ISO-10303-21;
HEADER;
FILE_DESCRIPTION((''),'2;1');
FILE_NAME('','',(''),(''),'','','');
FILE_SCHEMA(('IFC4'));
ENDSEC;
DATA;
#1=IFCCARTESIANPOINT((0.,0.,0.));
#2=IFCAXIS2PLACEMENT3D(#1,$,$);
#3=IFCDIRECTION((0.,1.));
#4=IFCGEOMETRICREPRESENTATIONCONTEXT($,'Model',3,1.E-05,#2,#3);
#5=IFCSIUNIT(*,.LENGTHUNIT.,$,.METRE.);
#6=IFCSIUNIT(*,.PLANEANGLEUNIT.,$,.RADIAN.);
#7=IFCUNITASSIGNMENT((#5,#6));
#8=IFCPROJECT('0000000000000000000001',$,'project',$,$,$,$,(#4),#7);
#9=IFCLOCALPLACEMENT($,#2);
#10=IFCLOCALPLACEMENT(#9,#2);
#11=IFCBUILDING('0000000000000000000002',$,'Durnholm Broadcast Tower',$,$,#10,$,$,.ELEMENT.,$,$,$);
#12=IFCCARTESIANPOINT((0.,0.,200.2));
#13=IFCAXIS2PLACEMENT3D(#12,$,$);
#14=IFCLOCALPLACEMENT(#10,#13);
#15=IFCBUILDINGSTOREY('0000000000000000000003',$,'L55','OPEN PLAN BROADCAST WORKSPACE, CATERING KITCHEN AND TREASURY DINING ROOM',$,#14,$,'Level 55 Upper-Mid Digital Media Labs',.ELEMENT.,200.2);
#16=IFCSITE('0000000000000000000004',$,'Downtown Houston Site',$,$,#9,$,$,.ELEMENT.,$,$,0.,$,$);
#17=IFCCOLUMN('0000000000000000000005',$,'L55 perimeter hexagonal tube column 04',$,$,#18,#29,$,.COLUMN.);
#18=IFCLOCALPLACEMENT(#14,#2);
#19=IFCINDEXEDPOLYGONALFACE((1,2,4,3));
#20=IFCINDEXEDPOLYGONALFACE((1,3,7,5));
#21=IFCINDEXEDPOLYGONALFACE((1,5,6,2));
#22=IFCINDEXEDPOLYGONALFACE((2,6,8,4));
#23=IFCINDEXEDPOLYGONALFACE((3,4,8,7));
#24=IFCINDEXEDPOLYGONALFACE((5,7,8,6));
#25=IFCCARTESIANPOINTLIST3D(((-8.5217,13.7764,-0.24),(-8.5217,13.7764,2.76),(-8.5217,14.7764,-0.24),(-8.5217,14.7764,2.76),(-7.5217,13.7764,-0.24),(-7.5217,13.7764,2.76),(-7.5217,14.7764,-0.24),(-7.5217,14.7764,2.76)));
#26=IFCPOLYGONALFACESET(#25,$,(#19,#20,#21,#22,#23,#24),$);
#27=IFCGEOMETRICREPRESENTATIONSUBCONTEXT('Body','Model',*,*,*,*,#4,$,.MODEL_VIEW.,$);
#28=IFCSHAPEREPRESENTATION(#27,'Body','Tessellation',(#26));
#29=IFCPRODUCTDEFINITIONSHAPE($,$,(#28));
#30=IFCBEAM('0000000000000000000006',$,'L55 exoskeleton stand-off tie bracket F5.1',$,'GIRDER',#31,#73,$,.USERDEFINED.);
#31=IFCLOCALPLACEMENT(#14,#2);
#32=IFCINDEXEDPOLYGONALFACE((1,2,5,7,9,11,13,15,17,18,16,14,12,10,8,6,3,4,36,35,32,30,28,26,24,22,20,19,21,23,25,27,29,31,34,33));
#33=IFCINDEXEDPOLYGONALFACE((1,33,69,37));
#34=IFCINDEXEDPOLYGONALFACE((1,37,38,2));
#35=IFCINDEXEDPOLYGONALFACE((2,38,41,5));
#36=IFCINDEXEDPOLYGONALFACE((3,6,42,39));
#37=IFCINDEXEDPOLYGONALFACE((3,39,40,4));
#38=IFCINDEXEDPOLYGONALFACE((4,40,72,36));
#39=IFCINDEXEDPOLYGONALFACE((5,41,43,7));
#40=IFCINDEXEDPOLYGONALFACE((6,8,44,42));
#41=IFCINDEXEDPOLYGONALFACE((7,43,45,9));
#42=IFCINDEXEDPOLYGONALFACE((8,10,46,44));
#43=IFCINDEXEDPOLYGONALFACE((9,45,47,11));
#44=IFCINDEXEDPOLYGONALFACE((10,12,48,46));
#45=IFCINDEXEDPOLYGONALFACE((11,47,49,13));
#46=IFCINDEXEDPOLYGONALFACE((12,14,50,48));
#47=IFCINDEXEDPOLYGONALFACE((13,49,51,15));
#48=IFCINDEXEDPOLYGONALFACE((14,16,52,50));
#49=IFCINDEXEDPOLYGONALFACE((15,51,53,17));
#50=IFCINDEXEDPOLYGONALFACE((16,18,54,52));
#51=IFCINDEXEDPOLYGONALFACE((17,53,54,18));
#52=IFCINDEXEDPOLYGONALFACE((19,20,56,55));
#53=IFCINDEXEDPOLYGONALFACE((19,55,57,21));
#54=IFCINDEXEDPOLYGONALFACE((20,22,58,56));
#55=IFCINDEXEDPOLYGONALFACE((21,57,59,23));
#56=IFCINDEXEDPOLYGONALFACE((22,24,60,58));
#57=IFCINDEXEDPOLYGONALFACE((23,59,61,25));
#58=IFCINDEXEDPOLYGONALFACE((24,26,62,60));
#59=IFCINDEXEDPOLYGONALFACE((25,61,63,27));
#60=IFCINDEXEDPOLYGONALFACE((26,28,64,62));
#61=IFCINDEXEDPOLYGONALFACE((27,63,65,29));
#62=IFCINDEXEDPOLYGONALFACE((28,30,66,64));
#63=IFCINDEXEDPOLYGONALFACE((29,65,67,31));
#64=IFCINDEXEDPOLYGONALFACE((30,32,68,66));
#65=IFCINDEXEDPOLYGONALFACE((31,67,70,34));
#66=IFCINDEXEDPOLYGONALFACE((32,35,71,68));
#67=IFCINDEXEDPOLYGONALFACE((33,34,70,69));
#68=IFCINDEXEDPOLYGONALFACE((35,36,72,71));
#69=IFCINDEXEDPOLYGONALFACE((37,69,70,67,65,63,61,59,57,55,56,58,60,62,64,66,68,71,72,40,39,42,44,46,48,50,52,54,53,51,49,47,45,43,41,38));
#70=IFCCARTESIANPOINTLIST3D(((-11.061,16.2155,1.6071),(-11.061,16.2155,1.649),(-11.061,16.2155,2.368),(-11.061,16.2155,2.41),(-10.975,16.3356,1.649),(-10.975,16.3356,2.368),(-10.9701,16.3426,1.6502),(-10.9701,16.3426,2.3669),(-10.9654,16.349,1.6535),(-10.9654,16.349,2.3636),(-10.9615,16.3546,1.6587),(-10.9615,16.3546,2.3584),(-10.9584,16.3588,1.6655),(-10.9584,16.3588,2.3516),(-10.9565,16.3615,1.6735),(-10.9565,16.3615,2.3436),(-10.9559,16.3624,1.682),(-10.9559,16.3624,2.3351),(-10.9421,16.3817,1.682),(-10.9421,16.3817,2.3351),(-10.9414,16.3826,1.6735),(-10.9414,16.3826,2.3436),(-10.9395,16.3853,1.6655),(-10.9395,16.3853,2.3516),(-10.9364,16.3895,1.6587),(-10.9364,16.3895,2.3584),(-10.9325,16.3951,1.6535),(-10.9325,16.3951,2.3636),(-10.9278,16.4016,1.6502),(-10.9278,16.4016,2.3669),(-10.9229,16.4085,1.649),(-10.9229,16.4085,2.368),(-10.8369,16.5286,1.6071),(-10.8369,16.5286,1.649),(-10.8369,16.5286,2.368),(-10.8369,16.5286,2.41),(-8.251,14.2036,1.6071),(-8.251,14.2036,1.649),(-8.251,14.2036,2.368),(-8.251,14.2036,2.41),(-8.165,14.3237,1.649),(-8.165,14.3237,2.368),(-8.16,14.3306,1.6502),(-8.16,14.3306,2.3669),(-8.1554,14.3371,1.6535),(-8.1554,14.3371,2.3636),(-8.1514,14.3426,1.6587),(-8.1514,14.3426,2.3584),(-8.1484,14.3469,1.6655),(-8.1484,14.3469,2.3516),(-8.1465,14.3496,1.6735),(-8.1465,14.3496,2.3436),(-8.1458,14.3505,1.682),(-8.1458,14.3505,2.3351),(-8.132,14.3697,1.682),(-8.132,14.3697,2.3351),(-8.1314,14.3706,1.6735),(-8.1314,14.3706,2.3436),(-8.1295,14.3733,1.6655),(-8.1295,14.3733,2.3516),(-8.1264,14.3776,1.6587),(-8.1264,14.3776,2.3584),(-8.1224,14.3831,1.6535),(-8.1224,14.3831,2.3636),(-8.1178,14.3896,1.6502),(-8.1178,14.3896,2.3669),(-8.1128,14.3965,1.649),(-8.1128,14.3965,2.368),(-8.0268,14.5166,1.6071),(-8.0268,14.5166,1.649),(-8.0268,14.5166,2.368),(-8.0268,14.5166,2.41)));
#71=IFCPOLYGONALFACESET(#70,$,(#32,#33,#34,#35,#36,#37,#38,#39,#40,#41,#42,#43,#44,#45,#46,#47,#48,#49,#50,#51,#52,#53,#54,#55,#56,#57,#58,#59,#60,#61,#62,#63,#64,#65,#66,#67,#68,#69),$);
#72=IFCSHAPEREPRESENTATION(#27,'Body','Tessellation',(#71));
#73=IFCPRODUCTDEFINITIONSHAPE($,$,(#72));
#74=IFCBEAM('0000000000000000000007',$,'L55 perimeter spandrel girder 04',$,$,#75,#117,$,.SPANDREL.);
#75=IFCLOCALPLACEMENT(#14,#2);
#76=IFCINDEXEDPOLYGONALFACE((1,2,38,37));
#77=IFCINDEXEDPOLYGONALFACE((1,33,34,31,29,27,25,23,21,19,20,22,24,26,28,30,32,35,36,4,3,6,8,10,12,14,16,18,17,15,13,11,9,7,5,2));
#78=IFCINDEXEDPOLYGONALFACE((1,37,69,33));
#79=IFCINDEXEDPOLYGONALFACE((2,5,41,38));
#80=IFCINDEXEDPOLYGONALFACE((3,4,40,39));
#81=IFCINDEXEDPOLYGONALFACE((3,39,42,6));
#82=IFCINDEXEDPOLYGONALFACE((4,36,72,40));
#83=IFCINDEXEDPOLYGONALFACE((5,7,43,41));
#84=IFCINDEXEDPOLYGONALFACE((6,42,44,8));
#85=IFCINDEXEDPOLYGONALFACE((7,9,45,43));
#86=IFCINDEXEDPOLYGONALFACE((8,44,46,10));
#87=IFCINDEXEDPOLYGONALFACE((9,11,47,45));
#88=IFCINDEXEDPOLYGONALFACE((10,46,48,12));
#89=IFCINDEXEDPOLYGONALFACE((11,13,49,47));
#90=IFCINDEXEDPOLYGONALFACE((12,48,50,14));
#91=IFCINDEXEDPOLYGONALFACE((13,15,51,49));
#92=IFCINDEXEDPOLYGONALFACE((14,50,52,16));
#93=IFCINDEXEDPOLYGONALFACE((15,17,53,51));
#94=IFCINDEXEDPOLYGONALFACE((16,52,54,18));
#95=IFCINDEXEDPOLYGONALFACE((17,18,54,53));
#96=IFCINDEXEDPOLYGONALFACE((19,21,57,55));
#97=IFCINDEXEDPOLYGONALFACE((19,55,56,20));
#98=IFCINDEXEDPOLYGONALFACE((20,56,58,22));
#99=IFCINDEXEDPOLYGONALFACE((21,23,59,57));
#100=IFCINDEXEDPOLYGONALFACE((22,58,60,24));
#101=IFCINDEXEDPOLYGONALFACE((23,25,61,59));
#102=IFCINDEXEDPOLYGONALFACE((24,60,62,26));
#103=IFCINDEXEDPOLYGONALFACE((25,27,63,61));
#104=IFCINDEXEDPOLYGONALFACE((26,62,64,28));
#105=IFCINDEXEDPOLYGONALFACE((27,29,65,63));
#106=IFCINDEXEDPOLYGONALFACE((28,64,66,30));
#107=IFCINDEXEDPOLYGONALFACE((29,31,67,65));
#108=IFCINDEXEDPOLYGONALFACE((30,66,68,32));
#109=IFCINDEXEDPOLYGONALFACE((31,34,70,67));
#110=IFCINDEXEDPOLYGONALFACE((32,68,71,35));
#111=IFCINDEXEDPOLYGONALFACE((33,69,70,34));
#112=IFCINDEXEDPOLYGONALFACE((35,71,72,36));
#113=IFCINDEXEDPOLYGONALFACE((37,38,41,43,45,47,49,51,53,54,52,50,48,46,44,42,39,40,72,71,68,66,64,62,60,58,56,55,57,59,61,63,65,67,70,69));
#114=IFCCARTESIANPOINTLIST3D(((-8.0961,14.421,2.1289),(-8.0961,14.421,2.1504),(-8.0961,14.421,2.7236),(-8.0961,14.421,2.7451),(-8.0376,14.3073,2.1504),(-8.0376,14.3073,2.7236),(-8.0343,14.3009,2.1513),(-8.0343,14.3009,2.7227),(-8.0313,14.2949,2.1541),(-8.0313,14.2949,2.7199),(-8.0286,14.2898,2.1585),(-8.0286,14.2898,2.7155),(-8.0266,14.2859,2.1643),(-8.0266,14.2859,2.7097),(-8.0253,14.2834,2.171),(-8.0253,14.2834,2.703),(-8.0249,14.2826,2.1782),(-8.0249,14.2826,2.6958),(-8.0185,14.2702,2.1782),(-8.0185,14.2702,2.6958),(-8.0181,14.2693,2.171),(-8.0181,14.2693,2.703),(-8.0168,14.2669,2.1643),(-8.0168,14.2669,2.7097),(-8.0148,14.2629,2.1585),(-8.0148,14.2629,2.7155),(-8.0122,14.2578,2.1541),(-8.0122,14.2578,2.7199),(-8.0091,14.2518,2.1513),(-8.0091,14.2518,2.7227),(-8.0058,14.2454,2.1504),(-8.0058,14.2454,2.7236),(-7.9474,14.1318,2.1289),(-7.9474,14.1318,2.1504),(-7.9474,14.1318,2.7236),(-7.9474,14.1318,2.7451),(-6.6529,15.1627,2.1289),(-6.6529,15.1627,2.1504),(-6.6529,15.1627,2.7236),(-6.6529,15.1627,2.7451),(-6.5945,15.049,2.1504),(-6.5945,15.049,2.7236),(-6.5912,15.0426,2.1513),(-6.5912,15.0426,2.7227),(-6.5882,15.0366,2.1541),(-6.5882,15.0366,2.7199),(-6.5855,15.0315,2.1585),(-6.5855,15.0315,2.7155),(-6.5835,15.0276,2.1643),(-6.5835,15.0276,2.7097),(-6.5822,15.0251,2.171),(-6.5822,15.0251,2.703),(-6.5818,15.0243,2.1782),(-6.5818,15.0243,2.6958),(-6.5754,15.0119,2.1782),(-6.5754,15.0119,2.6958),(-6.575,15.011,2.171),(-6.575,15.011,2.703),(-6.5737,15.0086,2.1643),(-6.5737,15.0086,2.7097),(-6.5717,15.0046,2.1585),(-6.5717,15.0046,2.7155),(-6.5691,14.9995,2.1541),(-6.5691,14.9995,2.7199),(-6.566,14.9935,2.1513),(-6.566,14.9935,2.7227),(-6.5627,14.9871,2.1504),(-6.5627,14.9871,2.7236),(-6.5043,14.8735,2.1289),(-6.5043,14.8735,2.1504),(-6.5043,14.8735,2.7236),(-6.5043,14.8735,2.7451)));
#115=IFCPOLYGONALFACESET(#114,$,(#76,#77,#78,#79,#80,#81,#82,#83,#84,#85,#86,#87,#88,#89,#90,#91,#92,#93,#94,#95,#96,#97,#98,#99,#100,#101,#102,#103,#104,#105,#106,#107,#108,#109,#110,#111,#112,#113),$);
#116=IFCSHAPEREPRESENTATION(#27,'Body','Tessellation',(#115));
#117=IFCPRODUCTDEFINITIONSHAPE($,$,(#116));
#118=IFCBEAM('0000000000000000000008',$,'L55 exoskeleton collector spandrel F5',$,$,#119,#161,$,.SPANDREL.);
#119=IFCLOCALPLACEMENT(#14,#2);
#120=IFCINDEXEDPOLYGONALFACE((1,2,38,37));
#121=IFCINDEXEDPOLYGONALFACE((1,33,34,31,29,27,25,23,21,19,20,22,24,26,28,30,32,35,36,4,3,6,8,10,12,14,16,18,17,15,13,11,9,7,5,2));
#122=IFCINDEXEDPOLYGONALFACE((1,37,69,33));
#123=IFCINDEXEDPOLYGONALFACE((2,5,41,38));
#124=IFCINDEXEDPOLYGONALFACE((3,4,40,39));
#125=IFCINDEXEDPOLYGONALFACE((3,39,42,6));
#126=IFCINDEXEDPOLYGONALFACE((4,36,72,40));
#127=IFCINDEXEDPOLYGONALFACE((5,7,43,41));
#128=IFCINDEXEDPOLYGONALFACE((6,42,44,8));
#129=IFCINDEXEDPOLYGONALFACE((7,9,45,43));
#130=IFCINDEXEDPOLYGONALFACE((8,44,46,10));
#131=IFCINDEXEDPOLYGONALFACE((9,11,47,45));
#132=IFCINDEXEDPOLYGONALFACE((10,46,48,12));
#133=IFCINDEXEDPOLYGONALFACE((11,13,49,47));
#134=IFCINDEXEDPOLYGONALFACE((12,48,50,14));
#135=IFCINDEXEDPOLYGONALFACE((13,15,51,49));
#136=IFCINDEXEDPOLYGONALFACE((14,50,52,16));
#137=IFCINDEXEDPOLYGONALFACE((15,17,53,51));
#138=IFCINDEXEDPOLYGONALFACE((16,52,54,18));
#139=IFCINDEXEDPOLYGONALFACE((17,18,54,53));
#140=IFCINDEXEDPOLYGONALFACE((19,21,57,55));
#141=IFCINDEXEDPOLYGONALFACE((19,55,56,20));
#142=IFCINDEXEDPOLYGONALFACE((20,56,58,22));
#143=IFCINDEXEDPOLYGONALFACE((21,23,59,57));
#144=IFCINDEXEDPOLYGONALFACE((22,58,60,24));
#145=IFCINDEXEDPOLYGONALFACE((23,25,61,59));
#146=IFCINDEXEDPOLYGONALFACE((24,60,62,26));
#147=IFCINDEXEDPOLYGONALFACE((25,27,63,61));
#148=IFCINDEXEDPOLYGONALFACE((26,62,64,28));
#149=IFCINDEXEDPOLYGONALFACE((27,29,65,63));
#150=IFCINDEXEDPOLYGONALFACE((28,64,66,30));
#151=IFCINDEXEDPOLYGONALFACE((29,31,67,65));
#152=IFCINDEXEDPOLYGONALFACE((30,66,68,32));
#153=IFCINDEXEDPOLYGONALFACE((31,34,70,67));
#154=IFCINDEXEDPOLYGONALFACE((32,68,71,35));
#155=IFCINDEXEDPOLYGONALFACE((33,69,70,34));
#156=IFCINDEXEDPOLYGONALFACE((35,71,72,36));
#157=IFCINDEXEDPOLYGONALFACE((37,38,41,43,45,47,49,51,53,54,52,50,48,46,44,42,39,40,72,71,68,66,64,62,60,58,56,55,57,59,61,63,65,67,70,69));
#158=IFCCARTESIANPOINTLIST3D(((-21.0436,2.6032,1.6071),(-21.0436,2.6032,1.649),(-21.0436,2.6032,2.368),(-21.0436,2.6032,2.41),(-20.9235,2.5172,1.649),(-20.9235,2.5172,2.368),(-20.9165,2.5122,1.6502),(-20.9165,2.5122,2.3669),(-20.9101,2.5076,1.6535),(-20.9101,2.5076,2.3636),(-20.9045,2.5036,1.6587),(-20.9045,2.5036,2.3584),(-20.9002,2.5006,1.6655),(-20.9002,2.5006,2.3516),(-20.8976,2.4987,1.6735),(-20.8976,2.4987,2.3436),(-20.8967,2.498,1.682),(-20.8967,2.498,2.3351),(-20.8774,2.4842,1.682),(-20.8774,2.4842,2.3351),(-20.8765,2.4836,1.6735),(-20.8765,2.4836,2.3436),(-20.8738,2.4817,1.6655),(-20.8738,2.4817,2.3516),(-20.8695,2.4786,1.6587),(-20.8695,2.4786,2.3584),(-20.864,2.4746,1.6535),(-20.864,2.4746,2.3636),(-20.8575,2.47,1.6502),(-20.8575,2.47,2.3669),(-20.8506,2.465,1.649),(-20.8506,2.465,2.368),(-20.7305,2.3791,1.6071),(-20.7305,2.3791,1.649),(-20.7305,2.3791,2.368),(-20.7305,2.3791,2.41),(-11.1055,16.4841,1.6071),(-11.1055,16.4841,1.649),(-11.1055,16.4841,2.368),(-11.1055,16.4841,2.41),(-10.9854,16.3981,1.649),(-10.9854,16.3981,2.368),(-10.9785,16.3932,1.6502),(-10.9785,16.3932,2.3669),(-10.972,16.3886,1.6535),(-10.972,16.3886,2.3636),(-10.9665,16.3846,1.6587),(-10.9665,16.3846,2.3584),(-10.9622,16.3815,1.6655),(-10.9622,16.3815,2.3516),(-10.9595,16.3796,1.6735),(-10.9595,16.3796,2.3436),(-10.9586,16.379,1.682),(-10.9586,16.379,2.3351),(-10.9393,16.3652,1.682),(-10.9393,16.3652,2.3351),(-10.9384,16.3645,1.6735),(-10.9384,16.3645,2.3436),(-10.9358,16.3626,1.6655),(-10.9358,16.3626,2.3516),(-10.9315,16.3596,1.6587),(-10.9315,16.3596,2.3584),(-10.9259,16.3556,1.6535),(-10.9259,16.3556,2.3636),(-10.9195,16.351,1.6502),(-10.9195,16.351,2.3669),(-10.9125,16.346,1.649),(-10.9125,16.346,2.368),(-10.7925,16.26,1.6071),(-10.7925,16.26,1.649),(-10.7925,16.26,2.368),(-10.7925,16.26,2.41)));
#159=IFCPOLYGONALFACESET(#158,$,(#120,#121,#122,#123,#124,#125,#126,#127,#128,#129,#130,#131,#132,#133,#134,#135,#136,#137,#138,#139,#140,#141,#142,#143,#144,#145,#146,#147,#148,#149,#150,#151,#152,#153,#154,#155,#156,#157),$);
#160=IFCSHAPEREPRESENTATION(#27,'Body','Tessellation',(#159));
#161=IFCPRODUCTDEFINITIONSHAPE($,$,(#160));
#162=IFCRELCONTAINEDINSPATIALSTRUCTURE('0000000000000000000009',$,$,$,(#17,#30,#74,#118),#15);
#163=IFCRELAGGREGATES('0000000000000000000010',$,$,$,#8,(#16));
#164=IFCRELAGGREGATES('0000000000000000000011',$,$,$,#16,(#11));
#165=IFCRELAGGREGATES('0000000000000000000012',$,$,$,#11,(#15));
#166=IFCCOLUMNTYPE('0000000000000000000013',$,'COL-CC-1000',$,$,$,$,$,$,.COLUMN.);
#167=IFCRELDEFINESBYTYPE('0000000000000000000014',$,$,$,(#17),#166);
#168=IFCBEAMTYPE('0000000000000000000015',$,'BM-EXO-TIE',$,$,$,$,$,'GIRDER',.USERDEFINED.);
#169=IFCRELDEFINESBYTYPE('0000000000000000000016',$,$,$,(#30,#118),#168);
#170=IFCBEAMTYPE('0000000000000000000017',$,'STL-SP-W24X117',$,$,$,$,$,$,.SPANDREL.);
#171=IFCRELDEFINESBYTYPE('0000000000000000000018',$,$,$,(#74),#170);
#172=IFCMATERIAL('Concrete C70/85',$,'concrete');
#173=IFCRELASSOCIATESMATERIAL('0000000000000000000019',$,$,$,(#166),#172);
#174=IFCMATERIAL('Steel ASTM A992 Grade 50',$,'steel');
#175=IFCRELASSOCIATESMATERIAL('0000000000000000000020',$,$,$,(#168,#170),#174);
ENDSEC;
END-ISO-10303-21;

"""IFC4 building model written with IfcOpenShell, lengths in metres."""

from ifc_helpers import new_model, si_unit, direction, frame, origin, origin_2d, place, context, subcontext, project, spatial, rectangle, i_section, extrude, source, transform, mapped, material, material_profile, profile_set, type_object, type_shapes, element, save


model = new_model("IFC4")

# Units and contexts
model_context = context("Model", 3, precision=1e-05, world=origin(), true_north=direction((0.0, 1.0)))
body_context = subcontext(model_context, "Body", "Model", "MODEL_VIEW")
ifc_project = project(units=[si_unit("LENGTHUNIT", "METRE"), si_unit("PLANEANGLEUNIT", "RADIAN")], contexts=[model_context])

# Site, building, storey
site_placement = place(None, origin())
site = spatial("IfcSite", under=ifc_project, at=site_placement, Name="Downtown Houston Site", CompositionType="ELEMENT", RefElevation=0.0)
building_placement = place(site_placement, origin())
building = spatial("IfcBuilding", under=site, at=building_placement, Name="Durnholm Broadcast Tower", CompositionType="ELEMENT")
storey_placement = place(building_placement, frame((0.0, 0.0, 200.2)))
storey = spatial("IfcBuildingStorey", under=building, at=storey_placement, Name="L55", Description="OPEN PLAN BROADCAST WORKSPACE, CATERING KITCHEN AND TREASURY DINING ROOM", LongName="Level 55 Upper-Mid Digital Media Labs", CompositionType="ELEMENT", Elevation=200.2)

# Column
ifc_material_1 = material(Name="Concrete C70/85", Category="concrete")
ifc_material_profile_1 = material_profile(ifc_material_1, rectangle(XDim=1.0, YDim=1.0, at=origin_2d()), Name="RC1000X1000")
ifc_profile_set_1 = profile_set([ifc_material_profile_1], Name="Concrete C70/85")
column_type = type_object("IfcColumnType", Name="COL-CC-1000", PredefinedType="COLUMN", material=ifc_profile_set_1)
shared_shape_1 = source(origin(), body_context, "Body", "SweptSolid", [
    extrude(rectangle(XDim=1.0, YDim=1.0, at=origin_2d()), origin(), (0.0, 0.0, 1.0), 3.0),
])
type_shapes(column_type, [shared_shape_1])
column_placement = place(storey_placement, frame((-8.0217, 14.2764, -0.24), z_axis=(0.0, 0.0, 1.0), x_axis=(1.0, 0.0, 0.0)))
element("IfcColumn", 1, at=column_placement, inside=storey, type_object=column_type, Name="L55 perimeter hexagonal tube column 04", PredefinedType="COLUMN", context=body_context, shape_type="MappedRepresentation", body=[
    mapped(shared_shape_1, transform((0.0, 0.0, 0.0), x_axis=(1.0, 0.0, 0.0), y_axis=(0.0, 1.0, 0.0), z_axis=(0.0, 0.0, 1.0), scale=1.0)),
])

# Beams
ifc_material_2 = material(Name="Steel ASTM A992 Grade 50", Category="steel")
ifc_material_profile_2 = material_profile(ifc_material_2, i_section(OverallWidth=0.385, OverallDepth=0.803, WebThickness=0.0237, FlangeThickness=0.042, FilletRadius=0.033, at=origin_2d()), Name="W30X261")
ifc_profile_set_2 = profile_set([ifc_material_profile_2], Name="Steel ASTM A992 Grade 50")
beam_type_1 = type_object("IfcBeamType", Name="BM-EXO-TIE", ElementType="GIRDER", PredefinedType="USERDEFINED", material=ifc_profile_set_2)
shared_shape_2 = source(origin(), body_context, "Body", "SweptSolid", [
    extrude(i_section(OverallWidth=0.385, OverallDepth=0.803, WebThickness=0.0237, FlangeThickness=0.042, FilletRadius=0.033, at=origin_2d()), origin(), (0.0, 0.0, 1.0), 3.4561),
])
beam_1_placement = place(storey_placement, frame((-8.1389, 14.3601, 2.0085), z_axis=(-0.813079, 0.582153, 0.0), x_axis=(-0.582153, -0.813079, 0.0)))
element("IfcBeam", 2, at=beam_1_placement, inside=storey, type_object=beam_type_1, Name="L55 exoskeleton stand-off tie bracket F5.1", ObjectType="GIRDER", PredefinedType="USERDEFINED", context=body_context, shape_type="MappedRepresentation", body=[
    mapped(shared_shape_2, transform((0.0, 0.0, 0.0), x_axis=(1.0, 0.0, 0.0), y_axis=(0.0, 1.0, 0.0), z_axis=(0.0, 0.0, 1.0), scale=1.0)),
])
ifc_material_profile_3 = material_profile(ifc_material_2, i_section(OverallWidth=0.3252, OverallDepth=0.6162, WebThickness=0.0139, FlangeThickness=0.0215, FilletRadius=0.0278, at=origin_2d()), Name="W24X117")
ifc_profile_set_3 = profile_set([ifc_material_profile_3], Name="Steel ASTM A992 Grade 50")
beam_type_2 = type_object("IfcBeamType", Name="STL-SP-W24X117", PredefinedType="SPANDREL", material=ifc_profile_set_3)
shared_shape_3 = source(origin(), body_context, "Body", "SweptSolid", [
    extrude(i_section(OverallWidth=0.3252, OverallDepth=0.6162, WebThickness=0.0139, FlangeThickness=0.0215, FilletRadius=0.0278, at=origin_2d()), origin(), (0.0, 0.0, 1.0), 1.6226),
])
type_shapes(beam_type_2, [shared_shape_3])
beam_2_placement = place(storey_placement, frame((-8.0217, 14.2764, 2.437), z_axis=(0.889407, 0.457117, 0.0), x_axis=(-0.457117, 0.889407, 0.0)))
element("IfcBeam", 3, at=beam_2_placement, inside=storey, type_object=beam_type_2, Name="L55 perimeter spandrel girder 04", PredefinedType="SPANDREL", context=body_context, shape_type="MappedRepresentation", body=[
    mapped(shared_shape_3, transform((0.0, 0.0, 0.0), x_axis=(1.0, 0.0, 0.0), y_axis=(0.0, 1.0, 0.0), z_axis=(0.0, 0.0, 1.0), scale=1.0)),
])
shared_shape_4 = source(origin(), body_context, "Body", "SweptSolid", [
    extrude(i_section(OverallWidth=0.385, OverallDepth=0.803, WebThickness=0.0237, FlangeThickness=0.042, FilletRadius=0.033, at=origin_2d()), origin(), (0.0, 0.0, 1.0), 17.0718),
])
type_shapes(beam_type_1, [shared_shape_2, shared_shape_4])
beam_3_placement = place(storey_placement, frame((-10.949, 16.3721, 2.0085), z_axis=(-0.582133, -0.813093, 0.0), x_axis=(0.813093, -0.582133, 0.0)))
element("IfcBeam", 4, at=beam_3_placement, inside=storey, type_object=beam_type_1, Name="L55 exoskeleton collector spandrel F5", PredefinedType="SPANDREL", context=body_context, shape_type="MappedRepresentation", body=[
    mapped(shared_shape_4, transform((0.0, 0.0, 0.0), x_axis=(1.0, 0.0, 0.0), y_axis=(0.0, 1.0, 0.0), z_axis=(0.0, 0.0, 1.0), scale=1.0)),
])

save(model, "model.ifc")
